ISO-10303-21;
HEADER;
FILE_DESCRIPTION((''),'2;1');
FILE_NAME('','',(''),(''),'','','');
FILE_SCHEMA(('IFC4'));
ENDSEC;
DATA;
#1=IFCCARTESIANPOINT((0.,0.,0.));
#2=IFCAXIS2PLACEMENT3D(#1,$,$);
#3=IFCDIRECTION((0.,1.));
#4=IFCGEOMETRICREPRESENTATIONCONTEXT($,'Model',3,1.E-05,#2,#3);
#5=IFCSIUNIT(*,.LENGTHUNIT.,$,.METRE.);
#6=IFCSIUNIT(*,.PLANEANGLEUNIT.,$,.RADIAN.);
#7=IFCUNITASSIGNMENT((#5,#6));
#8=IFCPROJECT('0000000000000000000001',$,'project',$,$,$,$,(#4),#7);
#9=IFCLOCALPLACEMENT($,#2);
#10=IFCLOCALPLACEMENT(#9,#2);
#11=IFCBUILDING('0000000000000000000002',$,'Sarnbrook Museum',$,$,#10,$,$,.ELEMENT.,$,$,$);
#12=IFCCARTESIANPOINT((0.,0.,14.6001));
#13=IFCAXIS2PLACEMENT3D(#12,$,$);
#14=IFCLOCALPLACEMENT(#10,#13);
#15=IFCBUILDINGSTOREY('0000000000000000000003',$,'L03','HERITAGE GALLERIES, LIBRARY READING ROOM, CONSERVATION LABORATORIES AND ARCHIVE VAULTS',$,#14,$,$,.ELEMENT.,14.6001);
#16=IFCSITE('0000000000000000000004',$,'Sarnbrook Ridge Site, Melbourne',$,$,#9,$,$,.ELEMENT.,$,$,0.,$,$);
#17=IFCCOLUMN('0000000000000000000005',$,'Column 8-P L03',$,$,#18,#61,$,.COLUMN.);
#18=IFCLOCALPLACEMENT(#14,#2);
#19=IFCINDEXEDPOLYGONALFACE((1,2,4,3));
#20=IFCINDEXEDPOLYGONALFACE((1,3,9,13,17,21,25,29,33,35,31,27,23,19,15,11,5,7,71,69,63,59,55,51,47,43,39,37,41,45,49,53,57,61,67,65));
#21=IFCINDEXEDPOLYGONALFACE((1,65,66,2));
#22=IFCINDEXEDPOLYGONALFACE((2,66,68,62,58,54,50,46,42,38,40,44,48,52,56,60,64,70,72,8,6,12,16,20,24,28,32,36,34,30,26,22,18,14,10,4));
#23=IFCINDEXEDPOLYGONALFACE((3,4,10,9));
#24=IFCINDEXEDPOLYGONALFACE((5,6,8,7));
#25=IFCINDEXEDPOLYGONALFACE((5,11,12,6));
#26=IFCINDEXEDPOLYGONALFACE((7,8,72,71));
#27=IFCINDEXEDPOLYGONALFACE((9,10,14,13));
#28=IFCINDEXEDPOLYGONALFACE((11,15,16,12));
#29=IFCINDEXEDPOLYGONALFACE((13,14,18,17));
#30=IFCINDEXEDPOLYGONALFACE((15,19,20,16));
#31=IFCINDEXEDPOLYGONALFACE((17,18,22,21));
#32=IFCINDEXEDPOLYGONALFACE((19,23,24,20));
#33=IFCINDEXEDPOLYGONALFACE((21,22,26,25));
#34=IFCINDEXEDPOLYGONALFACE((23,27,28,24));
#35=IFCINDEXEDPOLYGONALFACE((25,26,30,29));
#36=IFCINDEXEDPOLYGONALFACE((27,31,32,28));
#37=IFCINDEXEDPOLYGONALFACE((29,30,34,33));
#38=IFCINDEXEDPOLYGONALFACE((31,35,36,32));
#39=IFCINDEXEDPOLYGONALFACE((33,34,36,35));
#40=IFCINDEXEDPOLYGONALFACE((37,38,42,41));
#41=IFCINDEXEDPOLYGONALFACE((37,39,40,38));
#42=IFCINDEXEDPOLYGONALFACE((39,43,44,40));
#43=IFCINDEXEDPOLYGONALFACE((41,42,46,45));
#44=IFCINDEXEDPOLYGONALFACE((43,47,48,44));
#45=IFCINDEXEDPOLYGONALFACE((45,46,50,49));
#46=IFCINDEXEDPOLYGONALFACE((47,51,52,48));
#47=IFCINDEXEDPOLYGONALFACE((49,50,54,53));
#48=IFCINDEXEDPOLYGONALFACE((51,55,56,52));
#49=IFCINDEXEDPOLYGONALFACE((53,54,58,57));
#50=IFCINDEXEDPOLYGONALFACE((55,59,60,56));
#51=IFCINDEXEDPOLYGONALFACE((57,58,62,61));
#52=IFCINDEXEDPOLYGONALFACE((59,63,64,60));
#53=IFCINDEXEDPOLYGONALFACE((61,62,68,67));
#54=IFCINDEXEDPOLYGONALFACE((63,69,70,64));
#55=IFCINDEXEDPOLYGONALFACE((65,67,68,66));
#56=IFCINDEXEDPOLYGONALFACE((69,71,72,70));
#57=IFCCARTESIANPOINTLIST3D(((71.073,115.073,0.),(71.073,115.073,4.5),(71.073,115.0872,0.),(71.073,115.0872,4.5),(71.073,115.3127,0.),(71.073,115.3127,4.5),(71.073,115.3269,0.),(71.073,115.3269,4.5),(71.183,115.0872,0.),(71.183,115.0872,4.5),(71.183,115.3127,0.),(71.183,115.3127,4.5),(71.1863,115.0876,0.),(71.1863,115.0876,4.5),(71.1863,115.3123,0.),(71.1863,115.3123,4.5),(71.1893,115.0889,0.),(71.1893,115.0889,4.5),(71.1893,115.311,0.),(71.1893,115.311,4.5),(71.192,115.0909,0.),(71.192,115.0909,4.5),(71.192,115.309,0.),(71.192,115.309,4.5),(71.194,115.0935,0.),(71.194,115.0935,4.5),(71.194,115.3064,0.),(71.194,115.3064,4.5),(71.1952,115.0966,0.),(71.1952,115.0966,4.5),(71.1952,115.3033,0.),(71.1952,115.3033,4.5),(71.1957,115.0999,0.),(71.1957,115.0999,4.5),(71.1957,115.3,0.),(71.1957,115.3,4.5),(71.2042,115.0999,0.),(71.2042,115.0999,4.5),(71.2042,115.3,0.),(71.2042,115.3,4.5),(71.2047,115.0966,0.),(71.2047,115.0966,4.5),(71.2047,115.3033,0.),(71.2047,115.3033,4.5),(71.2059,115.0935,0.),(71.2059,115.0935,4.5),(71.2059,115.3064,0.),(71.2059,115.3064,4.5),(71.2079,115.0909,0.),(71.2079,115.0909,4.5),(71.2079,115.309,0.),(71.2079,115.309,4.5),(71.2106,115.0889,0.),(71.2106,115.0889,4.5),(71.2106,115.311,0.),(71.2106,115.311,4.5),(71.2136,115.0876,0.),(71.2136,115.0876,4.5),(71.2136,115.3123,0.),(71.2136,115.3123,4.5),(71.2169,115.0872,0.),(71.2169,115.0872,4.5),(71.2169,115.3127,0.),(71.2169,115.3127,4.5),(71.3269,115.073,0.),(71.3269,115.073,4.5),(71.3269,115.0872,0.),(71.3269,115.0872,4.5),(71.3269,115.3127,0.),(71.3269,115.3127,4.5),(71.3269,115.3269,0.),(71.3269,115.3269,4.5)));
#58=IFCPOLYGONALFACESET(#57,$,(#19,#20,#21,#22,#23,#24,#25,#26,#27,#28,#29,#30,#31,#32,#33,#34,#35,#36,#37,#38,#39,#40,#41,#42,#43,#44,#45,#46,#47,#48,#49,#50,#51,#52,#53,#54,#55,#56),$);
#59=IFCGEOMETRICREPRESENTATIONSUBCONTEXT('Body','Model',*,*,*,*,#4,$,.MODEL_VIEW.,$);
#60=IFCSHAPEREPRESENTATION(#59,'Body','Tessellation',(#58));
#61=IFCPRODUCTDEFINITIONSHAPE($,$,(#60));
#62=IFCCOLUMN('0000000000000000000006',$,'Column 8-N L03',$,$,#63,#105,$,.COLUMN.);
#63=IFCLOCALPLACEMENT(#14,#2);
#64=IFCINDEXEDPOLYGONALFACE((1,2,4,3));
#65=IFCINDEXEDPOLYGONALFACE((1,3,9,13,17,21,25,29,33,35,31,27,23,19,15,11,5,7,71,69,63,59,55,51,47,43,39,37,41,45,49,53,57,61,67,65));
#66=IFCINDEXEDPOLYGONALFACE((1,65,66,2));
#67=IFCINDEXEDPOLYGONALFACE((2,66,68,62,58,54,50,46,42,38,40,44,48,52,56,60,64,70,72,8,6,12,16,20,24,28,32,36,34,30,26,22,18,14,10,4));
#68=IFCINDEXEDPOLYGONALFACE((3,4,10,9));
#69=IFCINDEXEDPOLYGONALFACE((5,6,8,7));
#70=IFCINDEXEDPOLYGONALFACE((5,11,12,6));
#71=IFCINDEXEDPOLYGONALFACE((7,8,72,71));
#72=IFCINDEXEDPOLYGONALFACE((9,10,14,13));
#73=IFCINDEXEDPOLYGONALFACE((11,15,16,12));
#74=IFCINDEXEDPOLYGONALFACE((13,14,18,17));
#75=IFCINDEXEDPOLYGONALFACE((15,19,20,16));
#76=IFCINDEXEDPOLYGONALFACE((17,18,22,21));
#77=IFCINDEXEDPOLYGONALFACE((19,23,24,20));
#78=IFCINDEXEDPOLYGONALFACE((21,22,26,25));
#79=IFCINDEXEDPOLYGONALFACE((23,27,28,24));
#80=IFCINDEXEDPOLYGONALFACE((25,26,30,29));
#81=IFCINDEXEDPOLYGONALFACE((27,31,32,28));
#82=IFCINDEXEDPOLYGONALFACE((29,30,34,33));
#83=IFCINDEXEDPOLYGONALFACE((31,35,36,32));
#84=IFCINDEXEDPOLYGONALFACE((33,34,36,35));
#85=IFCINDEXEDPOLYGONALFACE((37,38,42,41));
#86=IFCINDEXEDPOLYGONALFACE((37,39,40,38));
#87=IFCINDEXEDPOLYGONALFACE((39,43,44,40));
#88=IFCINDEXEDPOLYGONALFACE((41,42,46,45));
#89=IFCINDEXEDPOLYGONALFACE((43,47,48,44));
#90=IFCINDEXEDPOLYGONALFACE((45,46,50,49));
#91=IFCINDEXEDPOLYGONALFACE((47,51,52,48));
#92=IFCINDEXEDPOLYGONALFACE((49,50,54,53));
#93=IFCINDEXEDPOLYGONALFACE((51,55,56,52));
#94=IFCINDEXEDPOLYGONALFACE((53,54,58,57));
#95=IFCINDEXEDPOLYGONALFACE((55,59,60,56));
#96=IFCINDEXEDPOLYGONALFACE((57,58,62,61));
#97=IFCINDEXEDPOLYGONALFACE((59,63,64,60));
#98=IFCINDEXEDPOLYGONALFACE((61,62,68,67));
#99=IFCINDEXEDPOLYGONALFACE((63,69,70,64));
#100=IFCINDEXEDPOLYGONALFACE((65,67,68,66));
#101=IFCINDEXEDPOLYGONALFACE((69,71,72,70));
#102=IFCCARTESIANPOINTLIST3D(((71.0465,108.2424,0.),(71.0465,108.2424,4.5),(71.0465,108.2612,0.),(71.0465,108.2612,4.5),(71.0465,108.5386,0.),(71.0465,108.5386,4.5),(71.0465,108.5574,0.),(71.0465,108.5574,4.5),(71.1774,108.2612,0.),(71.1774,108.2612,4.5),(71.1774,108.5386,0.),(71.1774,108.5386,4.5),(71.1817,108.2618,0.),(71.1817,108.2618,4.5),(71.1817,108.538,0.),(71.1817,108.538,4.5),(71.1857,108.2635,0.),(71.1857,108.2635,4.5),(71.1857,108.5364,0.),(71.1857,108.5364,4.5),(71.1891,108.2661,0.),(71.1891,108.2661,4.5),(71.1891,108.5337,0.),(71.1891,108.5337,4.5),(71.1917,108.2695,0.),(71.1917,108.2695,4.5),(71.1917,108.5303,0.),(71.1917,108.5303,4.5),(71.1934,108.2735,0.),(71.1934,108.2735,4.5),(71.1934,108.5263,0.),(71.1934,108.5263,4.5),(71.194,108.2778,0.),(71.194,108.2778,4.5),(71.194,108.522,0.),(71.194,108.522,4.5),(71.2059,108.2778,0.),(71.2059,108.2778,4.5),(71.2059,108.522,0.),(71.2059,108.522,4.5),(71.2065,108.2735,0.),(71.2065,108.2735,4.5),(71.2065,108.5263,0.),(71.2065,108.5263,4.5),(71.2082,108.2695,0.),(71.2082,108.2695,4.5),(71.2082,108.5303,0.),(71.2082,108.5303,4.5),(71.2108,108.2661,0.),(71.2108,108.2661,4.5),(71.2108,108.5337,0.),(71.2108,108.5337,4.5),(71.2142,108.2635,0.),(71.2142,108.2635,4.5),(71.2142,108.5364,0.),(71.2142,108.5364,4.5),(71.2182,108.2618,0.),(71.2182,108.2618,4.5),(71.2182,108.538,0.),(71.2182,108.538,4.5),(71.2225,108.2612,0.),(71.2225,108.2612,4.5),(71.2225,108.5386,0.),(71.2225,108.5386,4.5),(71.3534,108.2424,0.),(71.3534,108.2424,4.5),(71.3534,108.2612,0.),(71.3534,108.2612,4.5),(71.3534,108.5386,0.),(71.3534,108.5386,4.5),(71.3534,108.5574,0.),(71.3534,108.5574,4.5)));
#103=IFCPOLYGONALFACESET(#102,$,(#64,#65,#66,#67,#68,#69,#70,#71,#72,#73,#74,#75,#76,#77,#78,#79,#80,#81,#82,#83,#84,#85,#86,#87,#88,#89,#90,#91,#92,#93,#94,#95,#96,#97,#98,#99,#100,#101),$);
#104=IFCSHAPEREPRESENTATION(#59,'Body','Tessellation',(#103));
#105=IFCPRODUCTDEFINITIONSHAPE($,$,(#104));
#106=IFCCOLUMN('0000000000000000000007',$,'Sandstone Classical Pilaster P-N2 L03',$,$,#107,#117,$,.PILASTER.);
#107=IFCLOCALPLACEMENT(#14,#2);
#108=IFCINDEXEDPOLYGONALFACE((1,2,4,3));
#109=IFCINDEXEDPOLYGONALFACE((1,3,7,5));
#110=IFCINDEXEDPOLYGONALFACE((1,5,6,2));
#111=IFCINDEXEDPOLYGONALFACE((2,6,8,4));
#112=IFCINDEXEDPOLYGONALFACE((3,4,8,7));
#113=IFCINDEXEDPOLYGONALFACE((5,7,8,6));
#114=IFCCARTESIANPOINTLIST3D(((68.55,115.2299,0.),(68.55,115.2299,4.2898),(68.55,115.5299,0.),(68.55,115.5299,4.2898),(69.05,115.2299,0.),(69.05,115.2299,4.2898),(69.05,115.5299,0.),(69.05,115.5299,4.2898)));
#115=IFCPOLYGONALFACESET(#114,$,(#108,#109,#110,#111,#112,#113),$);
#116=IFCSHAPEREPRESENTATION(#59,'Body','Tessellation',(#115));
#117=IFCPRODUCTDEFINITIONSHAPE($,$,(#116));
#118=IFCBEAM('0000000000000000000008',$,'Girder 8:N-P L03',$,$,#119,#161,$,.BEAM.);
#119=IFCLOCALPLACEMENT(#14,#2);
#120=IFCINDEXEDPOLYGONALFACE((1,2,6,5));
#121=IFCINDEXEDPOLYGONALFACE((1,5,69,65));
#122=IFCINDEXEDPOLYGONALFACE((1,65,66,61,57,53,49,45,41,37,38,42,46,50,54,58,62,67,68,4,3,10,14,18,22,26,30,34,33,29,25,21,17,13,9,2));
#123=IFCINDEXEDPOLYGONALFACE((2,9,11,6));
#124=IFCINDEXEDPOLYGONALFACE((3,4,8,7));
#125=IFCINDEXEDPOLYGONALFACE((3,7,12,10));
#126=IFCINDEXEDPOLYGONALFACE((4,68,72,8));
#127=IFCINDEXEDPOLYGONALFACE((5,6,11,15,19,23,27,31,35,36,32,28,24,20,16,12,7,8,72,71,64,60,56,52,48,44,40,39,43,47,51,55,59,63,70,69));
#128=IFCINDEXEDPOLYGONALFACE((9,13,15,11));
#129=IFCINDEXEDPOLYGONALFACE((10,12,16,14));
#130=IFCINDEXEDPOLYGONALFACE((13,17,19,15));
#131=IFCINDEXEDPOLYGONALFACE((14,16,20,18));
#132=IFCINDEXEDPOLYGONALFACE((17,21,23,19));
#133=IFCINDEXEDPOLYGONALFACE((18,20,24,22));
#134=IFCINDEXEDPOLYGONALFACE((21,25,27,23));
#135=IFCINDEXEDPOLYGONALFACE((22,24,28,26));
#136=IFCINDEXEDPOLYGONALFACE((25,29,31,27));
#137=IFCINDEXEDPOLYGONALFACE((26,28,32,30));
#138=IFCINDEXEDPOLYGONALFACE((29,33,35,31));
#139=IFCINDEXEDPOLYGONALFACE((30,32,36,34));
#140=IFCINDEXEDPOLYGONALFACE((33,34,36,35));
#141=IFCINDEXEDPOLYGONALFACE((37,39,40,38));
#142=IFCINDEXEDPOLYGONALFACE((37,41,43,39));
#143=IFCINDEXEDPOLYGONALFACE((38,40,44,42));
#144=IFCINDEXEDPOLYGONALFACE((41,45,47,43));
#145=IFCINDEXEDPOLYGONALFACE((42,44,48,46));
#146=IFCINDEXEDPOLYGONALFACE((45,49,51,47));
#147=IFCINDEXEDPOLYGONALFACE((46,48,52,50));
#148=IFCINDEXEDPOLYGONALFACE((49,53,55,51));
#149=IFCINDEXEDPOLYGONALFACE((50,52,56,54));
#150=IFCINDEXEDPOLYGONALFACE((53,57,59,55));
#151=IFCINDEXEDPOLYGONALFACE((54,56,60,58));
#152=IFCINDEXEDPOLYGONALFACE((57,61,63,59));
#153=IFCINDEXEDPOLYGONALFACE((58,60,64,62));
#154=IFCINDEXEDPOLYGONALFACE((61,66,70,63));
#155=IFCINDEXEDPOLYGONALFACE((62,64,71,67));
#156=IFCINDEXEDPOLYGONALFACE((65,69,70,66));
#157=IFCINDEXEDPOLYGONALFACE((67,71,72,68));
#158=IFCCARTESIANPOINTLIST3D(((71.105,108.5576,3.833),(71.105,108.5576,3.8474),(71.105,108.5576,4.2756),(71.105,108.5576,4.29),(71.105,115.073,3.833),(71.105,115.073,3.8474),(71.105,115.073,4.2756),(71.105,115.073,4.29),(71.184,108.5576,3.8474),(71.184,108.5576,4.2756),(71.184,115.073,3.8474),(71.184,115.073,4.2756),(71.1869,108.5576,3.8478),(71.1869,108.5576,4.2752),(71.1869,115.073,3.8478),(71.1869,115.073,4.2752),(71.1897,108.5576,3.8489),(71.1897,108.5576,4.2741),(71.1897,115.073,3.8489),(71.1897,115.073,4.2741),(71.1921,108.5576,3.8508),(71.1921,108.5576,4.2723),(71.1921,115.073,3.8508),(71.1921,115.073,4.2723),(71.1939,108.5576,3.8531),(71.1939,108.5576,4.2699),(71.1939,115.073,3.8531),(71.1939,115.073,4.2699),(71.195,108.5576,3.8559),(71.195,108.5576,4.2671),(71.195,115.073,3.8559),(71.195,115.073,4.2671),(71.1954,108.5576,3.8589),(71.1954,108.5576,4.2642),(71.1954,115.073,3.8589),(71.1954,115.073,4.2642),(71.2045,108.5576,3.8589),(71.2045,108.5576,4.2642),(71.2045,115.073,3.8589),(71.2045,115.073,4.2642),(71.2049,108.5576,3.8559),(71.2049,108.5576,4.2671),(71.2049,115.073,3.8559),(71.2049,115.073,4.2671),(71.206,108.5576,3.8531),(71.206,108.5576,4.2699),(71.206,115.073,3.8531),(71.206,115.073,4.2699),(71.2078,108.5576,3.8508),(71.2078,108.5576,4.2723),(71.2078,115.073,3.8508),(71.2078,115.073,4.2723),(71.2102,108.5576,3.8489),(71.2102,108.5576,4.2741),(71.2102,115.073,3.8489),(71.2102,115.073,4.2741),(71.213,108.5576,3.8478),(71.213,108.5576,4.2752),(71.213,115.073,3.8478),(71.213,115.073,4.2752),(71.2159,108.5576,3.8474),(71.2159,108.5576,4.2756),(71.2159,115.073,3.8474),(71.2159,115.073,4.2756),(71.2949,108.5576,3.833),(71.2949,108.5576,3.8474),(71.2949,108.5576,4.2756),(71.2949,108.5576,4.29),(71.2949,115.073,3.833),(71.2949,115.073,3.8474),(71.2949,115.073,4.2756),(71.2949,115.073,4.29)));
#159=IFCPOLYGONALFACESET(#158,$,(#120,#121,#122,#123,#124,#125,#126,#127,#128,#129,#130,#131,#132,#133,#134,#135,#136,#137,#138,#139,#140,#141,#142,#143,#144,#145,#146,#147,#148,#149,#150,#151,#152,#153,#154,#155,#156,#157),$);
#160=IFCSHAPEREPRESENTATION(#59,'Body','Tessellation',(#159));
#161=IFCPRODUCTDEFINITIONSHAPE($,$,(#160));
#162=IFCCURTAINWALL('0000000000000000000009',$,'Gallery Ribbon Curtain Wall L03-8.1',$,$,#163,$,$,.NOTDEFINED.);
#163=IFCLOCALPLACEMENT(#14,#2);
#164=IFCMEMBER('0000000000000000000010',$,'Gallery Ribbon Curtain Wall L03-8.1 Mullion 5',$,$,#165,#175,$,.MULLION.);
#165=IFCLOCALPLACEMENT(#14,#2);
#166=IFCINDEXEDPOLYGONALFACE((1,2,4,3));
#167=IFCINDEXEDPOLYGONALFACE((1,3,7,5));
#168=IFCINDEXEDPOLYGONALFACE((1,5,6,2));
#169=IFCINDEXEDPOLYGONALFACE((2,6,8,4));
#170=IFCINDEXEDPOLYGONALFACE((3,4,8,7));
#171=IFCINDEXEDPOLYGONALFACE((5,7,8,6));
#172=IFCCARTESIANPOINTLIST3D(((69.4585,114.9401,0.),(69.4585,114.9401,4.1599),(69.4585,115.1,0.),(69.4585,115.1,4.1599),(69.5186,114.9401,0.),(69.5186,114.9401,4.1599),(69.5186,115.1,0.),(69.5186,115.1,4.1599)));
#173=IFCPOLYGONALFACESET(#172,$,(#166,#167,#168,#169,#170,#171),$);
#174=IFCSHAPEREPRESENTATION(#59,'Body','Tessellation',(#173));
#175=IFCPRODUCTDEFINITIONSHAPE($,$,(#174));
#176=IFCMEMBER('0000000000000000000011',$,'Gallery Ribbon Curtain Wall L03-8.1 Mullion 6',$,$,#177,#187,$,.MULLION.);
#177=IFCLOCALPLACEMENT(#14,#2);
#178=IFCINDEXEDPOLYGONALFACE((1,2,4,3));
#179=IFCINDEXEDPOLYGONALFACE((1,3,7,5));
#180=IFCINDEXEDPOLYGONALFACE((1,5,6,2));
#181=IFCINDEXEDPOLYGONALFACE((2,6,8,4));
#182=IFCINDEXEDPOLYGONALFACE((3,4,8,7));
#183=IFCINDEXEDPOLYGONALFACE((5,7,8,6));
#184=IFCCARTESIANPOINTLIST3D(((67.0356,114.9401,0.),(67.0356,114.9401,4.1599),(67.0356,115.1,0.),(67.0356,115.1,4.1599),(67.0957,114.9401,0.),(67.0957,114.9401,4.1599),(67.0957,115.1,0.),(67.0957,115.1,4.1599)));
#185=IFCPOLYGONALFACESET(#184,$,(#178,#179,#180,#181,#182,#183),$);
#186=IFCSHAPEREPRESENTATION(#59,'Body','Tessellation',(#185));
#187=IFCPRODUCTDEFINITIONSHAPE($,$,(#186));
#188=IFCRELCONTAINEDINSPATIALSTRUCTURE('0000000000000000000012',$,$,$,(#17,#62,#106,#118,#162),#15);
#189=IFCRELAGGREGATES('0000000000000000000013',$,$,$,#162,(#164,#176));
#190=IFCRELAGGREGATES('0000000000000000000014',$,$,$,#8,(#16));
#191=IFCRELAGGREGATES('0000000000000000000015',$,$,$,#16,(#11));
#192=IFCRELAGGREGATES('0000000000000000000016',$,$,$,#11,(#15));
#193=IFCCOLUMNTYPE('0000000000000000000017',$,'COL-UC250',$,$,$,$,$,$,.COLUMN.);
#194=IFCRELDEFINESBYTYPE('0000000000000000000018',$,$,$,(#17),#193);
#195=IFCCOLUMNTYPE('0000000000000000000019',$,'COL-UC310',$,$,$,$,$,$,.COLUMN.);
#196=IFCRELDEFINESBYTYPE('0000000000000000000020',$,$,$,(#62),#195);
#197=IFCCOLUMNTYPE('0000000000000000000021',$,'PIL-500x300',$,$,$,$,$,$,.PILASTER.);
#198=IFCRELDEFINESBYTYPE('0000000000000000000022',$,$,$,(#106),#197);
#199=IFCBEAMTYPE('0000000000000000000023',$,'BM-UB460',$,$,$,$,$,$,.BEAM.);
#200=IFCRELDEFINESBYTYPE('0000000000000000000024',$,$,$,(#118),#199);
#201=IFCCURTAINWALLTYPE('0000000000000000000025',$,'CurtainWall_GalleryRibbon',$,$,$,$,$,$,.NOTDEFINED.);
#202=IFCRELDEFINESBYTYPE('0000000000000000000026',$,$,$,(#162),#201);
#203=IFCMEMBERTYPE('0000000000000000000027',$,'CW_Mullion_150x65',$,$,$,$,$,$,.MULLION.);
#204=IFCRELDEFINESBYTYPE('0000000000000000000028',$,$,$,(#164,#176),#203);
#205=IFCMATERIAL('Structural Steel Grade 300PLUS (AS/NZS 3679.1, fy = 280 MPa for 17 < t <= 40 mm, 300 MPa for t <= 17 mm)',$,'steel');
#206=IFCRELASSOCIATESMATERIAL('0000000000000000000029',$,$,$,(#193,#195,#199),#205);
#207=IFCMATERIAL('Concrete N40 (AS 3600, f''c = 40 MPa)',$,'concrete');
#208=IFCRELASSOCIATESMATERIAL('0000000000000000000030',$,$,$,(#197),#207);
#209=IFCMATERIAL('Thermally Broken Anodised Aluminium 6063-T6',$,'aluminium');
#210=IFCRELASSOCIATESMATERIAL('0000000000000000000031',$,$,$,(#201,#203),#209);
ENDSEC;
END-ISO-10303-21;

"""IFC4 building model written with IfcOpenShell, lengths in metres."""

from ifc_helpers import new_model, si_unit, direction, frame, origin, origin_2d, place, context, subcontext, project, spatial, rectangle, i_section, extrude, material, material_profile, profile_set, type_object, element, aggregate, save


model = new_model("IFC4")

# Units and contexts
model_context = context("Model", 3, precision=1e-05, world=origin(), true_north=direction((0.0, 1.0)))
body_context = subcontext(model_context, "Body", "Model", "MODEL_VIEW")
ifc_project = project(units=[si_unit("LENGTHUNIT", "METRE"), si_unit("PLANEANGLEUNIT", "RADIAN")], contexts=[model_context])

# Site, building, storey
site_placement = place(None, origin())
site = spatial("IfcSite", under=ifc_project, at=site_placement, Name="Sarnbrook Ridge Site, Melbourne", CompositionType="ELEMENT", RefElevation=0.0)
building_placement = place(site_placement, origin())
building = spatial("IfcBuilding", under=site, at=building_placement, Name="Sarnbrook Museum", CompositionType="ELEMENT")
storey_placement = place(building_placement, frame((0.0, 0.0, 14.6001)))
storey = spatial("IfcBuildingStorey", under=building, at=storey_placement, Name="L03", Description="HERITAGE GALLERIES, LIBRARY READING ROOM, CONSERVATION LABORATORIES AND ARCHIVE VAULTS", CompositionType="ELEMENT", Elevation=14.6001)

# Columns
ifc_material_1 = material(Name="Structural Steel Grade 300PLUS (AS/NZS 3679.1, fy = 280 MPa for 17 < t <= 40 mm, 300 MPa for t <= 17 mm)", Category="steel")
ifc_material_profile_1 = material_profile(ifc_material_1, i_section(OverallWidth=0.2539, OverallDepth=0.2539, WebThickness=0.0085, FlangeThickness=0.0142, FilletRadius=0.0127, at=origin_2d()), Name="250UC72.9")
ifc_profile_set_1 = profile_set([ifc_material_profile_1], Name="Structural Steel Grade 300PLUS (AS/NZS 3679.1, fy = 280 MPa for 17 < t <= 40 mm, 300 MPa for t <= 17 mm)")
column_type_1 = type_object("IfcColumnType", Name="COL-UC250", PredefinedType="COLUMN", material=ifc_profile_set_1)
column_1_placement = place(storey_placement, frame((71.2, 115.2, 0.0), z_axis=(0.0, 0.0, 1.0), x_axis=(1.0, 0.0, 0.0)))
element("IfcColumn", 1, at=column_1_placement, inside=storey, type_object=column_type_1, Name="Column 8-P L03", PredefinedType="COLUMN", context=body_context, shape_type="SweptSolid", body=[
    extrude(i_section(OverallWidth=0.2539, OverallDepth=0.2539, WebThickness=0.0085, FlangeThickness=0.0142, FilletRadius=0.0127, at=origin_2d()), origin(), (0.0, 0.0, 1.0), 4.5),
])
ifc_material_profile_2 = material_profile(ifc_material_1, i_section(OverallWidth=0.3069, OverallDepth=0.3149, WebThickness=0.012, FlangeThickness=0.0188, FilletRadius=0.0166, at=origin_2d()), Name="310UC118")
ifc_profile_set_2 = profile_set([ifc_material_profile_2], Name="Structural Steel Grade 300PLUS (AS/NZS 3679.1, fy = 280 MPa for 17 < t <= 40 mm, 300 MPa for t <= 17 mm)")
column_type_2 = type_object("IfcColumnType", Name="COL-UC310", PredefinedType="COLUMN", material=ifc_profile_set_2)
column_2_placement = place(storey_placement, frame((71.2, 108.3999, 0.0), z_axis=(0.0, 0.0, 1.0), x_axis=(1.0, 0.0, 0.0)))
element("IfcColumn", 2, at=column_2_placement, inside=storey, type_object=column_type_2, Name="Column 8-N L03", PredefinedType="COLUMN", context=body_context, shape_type="SweptSolid", body=[
    extrude(i_section(OverallWidth=0.3069, OverallDepth=0.3149, WebThickness=0.012, FlangeThickness=0.0188, FilletRadius=0.0166, at=origin_2d()), origin(), (0.0, 0.0, 1.0), 4.5),
])
ifc_material_2 = material(Name="Concrete N40 (AS 3600, f'c = 40 MPa)", Category="concrete")
ifc_material_profile_3 = material_profile(ifc_material_2, rectangle(XDim=0.5, YDim=0.3, at=origin_2d()), Name="PILASTER 500x300")
ifc_profile_set_3 = profile_set([ifc_material_profile_3], Name="Concrete N40 (AS 3600, f'c = 40 MPa)")
column_type_3 = type_object("IfcColumnType", Name="PIL-500x300", PredefinedType="PILASTER", material=ifc_profile_set_3)
column_3_placement = place(storey_placement, frame((68.8, 115.3799, 0.0), z_axis=(0.0, 0.0, 1.0), x_axis=(1.0, 0.0, 0.0)))
element("IfcColumn", 3, at=column_3_placement, inside=storey, type_object=column_type_3, Name="Sandstone Classical Pilaster P-N2 L03", PredefinedType="PILASTER", context=body_context, shape_type="SweptSolid", body=[
    extrude(rectangle(XDim=0.5, YDim=0.3, at=origin_2d()), origin(), (0.0, 0.0, 1.0), 4.2898),
])

# Beam
ifc_material_profile_4 = material_profile(ifc_material_1, i_section(OverallWidth=0.1899, OverallDepth=0.457, WebThickness=0.009, FlangeThickness=0.0144, FilletRadius=0.0115, at=origin_2d()), Name="460UB74.6")
ifc_profile_set_4 = profile_set([ifc_material_profile_4], Name="Structural Steel Grade 300PLUS (AS/NZS 3679.1, fy = 280 MPa for 17 < t <= 40 mm, 300 MPa for t <= 17 mm)")
beam_type_1 = type_object("IfcBeamType", Name="BM-UB460", PredefinedType="BEAM", material=ifc_profile_set_4)
beam_1_placement = place(storey_placement, frame((71.2, 108.5576, 4.0615), z_axis=(0.0, 1.0, 0.0), x_axis=(-1.0, 0.0, 0.0)))
element("IfcBeam", 4, at=beam_1_placement, inside=storey, type_object=beam_type_1, Name="Girder 8:N-P L03", PredefinedType="BEAM", context=body_context, shape_type="SweptSolid", body=[
    extrude(i_section(OverallWidth=0.1899, OverallDepth=0.457, WebThickness=0.009, FlangeThickness=0.0144, FilletRadius=0.0115, at=origin_2d()), origin(), (0.0, 0.0, 1.0), 6.5154),
])

# Curtain wall, members
ifc_material_3 = material(Name="Thermally Broken Anodised Aluminium 6063-T6", Category="aluminium")
curtain_wall_type = type_object("IfcCurtainWallType", Name="CurtainWall_GalleryRibbon", PredefinedType="NOTDEFINED", material=ifc_material_3)
curtain_wall_placement = place(storey_placement, origin())
curtain_wall = element("IfcCurtainWall", 5, at=curtain_wall_placement, inside=storey, type_object=curtain_wall_type, Name="Gallery Ribbon Curtain Wall L03-8.1", PredefinedType="NOTDEFINED")
ifc_material_profile_5 = material_profile(ifc_material_3, rectangle(XDim=0.0601, YDim=0.1599, at=origin_2d()), Name="ALU MULLION 60x160")
ifc_profile_set_5 = profile_set([ifc_material_profile_5], Name="Thermally Broken Anodised Aluminium 6063-T6")
member_type = type_object("IfcMemberType", Name="CW_Mullion_150x65", PredefinedType="MULLION", material=ifc_profile_set_5)
member_1_placement = place(storey_placement, frame((69.4885, 115.02, 0.0), z_axis=(0.0, 0.0, 1.0), x_axis=(1.0, 0.0, 0.0)))
member_1 = element("IfcMember", 6, at=member_1_placement, type_object=member_type, Name="Gallery Ribbon Curtain Wall L03-8.1 Mullion 5", PredefinedType="MULLION", context=body_context, shape_type="SweptSolid", body=[
    extrude(rectangle(XDim=0.0601, YDim=0.1599, at=origin_2d()), origin(), (0.0, 0.0, 1.0), 4.1599),
])
member_2_placement = place(storey_placement, frame((67.0657, 115.02, 0.0), z_axis=(0.0, 0.0, 1.0), x_axis=(1.0, 0.0, 0.0)))
member_2 = element("IfcMember", 7, at=member_2_placement, type_object=member_type, Name="Gallery Ribbon Curtain Wall L03-8.1 Mullion 6", PredefinedType="MULLION", context=body_context, shape_type="SweptSolid", body=[
    extrude(rectangle(XDim=0.0601, YDim=0.1599, at=origin_2d()), origin(), (0.0, 0.0, 1.0), 4.1599),
])

aggregate(curtain_wall, [member_1, member_2])

save(model, "model.ifc")
